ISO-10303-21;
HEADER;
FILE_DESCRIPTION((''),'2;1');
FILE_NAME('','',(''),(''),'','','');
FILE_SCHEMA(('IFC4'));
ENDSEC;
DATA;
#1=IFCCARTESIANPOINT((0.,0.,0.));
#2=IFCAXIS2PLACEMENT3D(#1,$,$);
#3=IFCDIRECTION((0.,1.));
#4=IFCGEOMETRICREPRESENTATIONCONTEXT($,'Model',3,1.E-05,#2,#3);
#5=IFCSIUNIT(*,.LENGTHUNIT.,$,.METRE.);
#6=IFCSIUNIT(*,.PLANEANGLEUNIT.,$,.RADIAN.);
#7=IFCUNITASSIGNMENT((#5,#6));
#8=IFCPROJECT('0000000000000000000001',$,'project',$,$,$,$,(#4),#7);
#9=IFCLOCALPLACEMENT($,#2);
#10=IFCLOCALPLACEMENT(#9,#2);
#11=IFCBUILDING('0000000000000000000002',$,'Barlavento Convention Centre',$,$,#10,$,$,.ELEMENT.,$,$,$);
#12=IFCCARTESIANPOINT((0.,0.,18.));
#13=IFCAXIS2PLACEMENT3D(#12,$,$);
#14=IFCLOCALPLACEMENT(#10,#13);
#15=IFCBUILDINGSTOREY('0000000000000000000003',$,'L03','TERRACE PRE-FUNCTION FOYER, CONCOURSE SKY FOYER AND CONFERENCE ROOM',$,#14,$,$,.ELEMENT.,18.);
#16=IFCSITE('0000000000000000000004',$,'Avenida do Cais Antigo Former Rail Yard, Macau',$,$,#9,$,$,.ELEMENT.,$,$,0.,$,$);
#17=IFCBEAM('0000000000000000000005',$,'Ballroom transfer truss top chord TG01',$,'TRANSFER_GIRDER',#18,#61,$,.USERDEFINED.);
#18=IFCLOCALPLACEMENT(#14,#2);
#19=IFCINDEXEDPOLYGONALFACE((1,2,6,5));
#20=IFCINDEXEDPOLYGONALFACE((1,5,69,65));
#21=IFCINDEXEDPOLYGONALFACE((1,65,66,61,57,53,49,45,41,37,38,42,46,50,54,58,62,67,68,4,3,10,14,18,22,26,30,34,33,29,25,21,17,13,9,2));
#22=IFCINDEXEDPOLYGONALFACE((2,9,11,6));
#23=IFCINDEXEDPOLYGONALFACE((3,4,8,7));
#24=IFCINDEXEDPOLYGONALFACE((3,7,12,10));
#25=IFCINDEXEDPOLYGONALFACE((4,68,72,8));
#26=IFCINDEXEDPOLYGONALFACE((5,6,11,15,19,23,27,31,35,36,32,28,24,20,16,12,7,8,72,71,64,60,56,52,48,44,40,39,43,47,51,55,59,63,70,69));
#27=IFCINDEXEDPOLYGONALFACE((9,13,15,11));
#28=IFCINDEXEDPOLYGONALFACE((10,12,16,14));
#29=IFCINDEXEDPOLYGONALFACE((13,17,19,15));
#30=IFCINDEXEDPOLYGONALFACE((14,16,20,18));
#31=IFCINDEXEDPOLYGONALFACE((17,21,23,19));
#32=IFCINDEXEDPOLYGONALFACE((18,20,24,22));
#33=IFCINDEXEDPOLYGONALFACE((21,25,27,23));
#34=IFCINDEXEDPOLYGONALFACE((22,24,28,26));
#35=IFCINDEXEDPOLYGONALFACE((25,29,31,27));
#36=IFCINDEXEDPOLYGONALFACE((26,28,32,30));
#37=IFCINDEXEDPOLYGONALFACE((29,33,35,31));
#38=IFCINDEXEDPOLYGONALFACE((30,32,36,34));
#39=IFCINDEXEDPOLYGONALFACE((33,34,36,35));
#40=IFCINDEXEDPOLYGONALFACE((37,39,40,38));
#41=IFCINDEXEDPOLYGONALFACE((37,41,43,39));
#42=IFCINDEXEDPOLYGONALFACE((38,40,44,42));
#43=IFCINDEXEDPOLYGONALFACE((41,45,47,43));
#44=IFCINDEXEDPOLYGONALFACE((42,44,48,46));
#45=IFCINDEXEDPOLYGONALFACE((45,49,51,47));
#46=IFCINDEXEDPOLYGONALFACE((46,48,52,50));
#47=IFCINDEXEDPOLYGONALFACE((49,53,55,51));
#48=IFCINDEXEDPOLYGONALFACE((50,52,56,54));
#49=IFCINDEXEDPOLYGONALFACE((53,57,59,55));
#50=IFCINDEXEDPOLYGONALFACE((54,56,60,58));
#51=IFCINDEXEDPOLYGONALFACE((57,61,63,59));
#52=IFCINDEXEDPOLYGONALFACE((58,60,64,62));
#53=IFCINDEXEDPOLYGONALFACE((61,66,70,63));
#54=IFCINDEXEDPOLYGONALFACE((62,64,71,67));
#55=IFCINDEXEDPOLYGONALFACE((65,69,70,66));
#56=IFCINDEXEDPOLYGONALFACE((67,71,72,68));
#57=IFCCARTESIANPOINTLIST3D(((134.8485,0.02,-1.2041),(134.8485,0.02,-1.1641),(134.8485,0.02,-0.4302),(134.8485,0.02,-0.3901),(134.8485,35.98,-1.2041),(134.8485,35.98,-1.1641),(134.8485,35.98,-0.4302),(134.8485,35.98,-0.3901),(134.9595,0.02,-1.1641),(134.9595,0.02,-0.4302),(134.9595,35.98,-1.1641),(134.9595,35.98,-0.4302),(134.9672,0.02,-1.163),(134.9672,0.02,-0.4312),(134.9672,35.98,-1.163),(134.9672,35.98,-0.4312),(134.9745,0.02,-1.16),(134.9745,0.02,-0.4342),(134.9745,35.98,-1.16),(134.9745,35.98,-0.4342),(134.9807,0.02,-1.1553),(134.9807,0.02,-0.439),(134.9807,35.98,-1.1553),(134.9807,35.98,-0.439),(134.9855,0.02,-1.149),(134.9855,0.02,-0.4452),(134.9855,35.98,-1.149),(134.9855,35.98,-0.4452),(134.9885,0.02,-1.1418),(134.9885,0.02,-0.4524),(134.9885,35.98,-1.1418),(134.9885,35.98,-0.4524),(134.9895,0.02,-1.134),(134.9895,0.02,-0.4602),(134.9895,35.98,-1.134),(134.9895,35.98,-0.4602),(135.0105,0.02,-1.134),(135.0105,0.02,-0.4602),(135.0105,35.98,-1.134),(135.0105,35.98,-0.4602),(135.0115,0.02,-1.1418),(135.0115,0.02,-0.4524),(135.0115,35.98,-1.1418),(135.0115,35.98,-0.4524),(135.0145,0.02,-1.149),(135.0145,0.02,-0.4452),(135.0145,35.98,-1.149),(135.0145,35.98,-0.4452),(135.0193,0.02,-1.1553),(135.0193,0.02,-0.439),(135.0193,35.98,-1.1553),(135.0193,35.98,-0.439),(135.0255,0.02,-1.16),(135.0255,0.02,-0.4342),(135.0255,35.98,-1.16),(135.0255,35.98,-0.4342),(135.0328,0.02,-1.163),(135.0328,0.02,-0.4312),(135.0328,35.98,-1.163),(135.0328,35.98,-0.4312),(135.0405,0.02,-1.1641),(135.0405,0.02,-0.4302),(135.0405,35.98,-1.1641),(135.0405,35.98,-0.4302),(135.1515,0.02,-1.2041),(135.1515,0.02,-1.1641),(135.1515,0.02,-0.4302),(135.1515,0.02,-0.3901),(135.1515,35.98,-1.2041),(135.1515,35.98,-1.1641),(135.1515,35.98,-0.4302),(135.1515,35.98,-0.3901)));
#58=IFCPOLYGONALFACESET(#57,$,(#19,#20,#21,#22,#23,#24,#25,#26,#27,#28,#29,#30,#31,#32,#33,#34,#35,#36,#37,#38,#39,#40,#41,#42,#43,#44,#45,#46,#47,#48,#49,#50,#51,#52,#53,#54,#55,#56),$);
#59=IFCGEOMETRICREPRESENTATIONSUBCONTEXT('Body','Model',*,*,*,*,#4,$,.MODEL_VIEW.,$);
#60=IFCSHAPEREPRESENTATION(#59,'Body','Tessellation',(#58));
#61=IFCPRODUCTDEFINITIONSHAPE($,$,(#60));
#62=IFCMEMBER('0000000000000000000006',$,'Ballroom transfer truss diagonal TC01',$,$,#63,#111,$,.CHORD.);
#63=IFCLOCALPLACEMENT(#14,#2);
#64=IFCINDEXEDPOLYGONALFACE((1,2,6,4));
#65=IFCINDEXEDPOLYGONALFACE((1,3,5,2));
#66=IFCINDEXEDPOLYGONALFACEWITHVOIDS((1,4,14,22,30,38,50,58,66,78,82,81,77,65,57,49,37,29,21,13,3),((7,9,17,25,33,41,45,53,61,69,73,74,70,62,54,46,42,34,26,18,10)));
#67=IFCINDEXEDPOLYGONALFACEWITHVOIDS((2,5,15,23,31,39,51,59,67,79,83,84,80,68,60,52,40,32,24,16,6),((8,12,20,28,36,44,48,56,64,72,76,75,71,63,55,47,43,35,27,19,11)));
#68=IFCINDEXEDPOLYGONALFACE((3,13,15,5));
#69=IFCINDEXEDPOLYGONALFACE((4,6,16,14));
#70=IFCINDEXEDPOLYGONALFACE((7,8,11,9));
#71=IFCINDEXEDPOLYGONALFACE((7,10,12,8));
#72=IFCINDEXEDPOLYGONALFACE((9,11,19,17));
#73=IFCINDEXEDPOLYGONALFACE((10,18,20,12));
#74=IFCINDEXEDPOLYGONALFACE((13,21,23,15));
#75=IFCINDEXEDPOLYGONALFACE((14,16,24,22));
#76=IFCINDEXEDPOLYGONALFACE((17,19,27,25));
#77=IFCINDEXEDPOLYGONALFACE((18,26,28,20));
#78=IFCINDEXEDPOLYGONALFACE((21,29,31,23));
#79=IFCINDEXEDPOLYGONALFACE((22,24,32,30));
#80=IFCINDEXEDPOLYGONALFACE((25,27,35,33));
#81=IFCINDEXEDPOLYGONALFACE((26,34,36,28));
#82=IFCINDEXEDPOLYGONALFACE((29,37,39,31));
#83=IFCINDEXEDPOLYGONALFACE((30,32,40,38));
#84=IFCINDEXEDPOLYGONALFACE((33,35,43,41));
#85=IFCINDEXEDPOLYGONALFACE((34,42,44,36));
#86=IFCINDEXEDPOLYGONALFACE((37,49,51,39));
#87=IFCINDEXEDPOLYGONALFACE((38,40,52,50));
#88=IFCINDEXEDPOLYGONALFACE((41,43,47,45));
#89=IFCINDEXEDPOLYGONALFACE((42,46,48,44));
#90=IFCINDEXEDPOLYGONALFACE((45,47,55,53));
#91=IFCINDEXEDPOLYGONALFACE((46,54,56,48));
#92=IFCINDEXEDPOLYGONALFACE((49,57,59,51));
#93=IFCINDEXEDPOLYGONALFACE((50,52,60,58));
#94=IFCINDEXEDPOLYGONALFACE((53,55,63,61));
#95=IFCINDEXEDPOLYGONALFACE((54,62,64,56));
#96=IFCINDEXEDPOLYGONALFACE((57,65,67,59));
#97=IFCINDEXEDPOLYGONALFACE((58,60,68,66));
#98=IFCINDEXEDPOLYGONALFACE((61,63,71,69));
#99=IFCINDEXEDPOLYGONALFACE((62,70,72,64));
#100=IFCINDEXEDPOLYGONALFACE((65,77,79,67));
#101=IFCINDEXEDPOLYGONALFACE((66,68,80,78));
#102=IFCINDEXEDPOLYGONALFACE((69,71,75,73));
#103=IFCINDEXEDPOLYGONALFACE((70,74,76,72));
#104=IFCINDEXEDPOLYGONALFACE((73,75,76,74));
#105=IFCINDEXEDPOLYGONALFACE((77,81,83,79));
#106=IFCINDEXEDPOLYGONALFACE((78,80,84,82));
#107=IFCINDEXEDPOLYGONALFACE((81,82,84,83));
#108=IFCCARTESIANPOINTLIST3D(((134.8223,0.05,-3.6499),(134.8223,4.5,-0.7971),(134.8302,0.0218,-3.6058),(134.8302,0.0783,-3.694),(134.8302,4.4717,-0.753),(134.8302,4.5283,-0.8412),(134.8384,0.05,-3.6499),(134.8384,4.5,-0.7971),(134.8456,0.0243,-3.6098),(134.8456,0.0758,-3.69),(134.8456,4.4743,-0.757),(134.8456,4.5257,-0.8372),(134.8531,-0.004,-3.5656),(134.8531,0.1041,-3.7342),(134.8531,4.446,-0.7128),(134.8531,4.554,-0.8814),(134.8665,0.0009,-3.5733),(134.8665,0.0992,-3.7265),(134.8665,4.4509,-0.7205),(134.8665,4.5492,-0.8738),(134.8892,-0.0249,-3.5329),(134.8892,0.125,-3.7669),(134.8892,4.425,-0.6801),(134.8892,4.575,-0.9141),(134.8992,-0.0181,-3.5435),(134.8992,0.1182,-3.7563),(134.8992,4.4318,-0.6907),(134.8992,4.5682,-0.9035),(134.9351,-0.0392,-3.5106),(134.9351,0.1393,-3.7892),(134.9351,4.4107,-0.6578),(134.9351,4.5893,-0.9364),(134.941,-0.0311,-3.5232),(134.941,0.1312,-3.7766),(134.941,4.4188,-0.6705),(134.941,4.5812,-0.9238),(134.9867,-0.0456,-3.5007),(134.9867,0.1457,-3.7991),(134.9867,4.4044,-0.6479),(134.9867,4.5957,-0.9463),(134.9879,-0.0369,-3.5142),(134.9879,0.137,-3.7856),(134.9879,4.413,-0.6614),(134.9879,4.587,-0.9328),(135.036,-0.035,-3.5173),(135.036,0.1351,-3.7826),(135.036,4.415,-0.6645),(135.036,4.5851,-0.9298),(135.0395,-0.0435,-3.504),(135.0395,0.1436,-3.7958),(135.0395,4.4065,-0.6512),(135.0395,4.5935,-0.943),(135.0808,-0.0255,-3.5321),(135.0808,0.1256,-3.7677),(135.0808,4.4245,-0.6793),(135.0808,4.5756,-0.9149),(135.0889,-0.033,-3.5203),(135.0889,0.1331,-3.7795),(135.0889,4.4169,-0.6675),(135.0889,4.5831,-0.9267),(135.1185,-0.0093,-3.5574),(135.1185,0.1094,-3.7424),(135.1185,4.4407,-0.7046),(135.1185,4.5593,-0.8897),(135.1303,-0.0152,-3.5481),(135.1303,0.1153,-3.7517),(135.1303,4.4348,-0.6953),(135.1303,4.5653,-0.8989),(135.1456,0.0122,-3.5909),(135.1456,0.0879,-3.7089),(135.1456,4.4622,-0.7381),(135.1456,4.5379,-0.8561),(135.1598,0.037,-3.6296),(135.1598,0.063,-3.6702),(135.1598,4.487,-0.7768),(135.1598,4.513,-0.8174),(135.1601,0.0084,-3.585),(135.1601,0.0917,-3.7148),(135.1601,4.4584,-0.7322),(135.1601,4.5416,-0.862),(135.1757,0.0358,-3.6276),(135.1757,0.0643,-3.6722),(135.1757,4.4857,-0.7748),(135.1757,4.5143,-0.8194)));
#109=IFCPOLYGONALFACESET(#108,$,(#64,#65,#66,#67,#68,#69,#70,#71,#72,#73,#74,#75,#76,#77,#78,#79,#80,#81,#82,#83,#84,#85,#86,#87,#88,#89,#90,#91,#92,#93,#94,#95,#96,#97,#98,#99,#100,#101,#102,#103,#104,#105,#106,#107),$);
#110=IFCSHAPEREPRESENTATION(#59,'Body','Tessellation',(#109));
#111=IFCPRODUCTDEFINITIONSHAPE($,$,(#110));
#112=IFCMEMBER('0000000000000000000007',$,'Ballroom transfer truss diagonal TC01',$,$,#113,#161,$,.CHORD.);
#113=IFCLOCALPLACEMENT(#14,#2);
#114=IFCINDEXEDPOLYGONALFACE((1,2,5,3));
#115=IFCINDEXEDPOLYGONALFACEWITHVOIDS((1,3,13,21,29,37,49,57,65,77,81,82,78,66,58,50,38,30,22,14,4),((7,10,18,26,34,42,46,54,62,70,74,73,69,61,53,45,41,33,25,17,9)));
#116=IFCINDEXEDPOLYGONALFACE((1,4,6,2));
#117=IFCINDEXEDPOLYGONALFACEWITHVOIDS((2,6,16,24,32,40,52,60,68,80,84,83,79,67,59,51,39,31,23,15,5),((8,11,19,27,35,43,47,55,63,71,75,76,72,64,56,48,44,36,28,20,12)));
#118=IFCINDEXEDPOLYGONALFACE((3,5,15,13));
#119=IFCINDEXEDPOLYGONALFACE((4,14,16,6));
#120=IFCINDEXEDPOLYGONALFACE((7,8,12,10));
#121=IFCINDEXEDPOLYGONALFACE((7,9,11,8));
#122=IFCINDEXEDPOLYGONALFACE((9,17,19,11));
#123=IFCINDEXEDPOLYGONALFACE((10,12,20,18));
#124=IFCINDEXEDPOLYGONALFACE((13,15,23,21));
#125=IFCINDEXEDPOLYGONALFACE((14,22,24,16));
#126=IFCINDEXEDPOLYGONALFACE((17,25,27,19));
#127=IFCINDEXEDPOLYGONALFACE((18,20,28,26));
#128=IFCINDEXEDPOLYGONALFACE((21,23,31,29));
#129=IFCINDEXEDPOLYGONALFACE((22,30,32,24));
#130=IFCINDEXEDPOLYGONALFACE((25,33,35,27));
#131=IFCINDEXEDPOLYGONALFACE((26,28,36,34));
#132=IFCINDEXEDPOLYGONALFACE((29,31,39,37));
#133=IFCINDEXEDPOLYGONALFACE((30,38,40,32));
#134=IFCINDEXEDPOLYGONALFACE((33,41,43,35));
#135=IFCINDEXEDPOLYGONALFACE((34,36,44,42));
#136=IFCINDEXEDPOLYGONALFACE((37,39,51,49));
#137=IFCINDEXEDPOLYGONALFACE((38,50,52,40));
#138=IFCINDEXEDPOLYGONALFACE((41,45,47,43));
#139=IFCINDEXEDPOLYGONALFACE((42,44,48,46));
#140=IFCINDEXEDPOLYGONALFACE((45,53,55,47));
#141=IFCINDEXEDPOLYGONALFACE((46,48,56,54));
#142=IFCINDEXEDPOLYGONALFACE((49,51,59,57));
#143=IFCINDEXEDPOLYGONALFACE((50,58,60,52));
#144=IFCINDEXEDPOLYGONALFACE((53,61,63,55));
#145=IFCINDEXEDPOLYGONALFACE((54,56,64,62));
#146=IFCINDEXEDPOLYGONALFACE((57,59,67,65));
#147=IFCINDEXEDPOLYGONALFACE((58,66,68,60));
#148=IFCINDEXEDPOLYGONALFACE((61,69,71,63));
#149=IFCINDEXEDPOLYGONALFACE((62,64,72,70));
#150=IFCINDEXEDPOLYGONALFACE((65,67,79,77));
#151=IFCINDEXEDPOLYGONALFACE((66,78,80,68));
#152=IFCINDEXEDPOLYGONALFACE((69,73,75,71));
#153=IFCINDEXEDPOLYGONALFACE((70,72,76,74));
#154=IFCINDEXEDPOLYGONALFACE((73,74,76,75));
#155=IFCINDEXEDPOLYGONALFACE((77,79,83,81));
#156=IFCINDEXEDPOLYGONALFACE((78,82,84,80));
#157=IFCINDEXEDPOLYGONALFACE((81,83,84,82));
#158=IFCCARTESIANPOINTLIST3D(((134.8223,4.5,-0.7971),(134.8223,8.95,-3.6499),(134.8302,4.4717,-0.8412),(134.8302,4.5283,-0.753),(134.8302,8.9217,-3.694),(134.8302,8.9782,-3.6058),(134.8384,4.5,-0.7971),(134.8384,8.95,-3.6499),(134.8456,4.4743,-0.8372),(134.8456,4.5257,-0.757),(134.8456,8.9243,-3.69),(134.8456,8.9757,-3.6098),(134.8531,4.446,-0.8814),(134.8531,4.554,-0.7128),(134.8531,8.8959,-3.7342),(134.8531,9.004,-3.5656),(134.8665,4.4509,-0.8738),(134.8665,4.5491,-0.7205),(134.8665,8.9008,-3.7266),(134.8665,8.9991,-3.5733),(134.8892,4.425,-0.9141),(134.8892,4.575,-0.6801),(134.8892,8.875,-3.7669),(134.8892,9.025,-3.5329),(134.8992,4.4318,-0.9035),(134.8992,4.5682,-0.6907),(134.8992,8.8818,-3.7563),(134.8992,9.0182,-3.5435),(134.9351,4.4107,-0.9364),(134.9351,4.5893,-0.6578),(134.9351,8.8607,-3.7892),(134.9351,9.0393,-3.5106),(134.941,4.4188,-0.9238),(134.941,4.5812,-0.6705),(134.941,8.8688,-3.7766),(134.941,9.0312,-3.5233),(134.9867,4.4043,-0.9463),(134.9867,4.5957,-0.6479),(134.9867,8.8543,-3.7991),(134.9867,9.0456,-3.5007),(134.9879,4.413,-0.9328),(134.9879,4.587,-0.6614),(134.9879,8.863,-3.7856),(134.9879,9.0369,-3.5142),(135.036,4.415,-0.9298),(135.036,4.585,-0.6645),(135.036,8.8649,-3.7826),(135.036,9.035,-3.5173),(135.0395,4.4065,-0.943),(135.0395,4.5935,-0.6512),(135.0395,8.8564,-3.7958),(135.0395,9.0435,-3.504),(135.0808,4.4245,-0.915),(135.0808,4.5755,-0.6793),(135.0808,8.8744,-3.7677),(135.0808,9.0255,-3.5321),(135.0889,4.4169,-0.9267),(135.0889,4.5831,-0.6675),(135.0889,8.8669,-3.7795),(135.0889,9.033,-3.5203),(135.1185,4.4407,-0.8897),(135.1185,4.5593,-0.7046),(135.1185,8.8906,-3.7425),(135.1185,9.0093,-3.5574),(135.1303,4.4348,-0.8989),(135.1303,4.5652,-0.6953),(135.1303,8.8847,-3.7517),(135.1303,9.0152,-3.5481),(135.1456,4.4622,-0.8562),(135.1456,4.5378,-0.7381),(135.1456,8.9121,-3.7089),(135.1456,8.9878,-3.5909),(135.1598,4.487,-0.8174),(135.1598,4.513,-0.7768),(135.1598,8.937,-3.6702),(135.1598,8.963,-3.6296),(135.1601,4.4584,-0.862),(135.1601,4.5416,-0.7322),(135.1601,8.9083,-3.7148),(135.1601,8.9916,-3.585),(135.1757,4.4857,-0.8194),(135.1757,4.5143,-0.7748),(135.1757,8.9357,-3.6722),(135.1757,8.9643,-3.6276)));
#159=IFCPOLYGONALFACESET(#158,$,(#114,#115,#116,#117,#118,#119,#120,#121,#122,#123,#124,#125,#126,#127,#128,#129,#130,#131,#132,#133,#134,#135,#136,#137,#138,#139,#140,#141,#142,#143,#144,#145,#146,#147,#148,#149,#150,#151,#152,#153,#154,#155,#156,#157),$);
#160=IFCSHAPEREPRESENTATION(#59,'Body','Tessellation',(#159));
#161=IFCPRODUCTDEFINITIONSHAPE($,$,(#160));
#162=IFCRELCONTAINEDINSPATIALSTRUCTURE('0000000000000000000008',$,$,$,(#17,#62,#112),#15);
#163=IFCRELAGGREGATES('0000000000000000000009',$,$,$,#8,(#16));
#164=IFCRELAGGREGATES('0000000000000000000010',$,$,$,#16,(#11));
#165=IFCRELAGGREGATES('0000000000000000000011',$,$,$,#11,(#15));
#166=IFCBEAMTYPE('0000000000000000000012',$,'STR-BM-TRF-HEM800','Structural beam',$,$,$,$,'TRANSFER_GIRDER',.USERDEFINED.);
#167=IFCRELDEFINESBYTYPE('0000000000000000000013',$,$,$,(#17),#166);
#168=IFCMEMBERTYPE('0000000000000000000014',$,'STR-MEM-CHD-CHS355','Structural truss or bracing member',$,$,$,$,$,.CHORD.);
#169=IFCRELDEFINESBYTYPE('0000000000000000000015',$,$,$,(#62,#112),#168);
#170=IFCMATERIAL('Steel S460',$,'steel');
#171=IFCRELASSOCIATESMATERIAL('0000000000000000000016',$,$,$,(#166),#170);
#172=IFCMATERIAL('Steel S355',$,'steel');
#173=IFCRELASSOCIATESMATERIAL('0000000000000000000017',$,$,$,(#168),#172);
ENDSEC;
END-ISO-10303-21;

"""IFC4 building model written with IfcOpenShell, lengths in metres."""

from ifc_helpers import new_model, si_unit, direction, frame, origin, origin_2d, place, context, subcontext, project, spatial, hollow_circle, i_section, extrude, material, material_profile, profile_set, type_object, element, save


model = new_model("IFC4")

# Units and contexts
model_context = context("Model", 3, precision=1e-05, world=origin(), true_north=direction((0.0, 1.0)))
body_context = subcontext(model_context, "Body", "Model", "MODEL_VIEW")
ifc_project = project(units=[si_unit("LENGTHUNIT", "METRE"), si_unit("PLANEANGLEUNIT", "RADIAN")], contexts=[model_context])

# Site, building, storey
site_placement = place(None, origin())
site = spatial("IfcSite", under=ifc_project, at=site_placement, Name="Avenida do Cais Antigo Former Rail Yard, Macau", CompositionType="ELEMENT", RefElevation=0.0)
building_placement = place(site_placement, origin())
building = spatial("IfcBuilding", under=site, at=building_placement, Name="Barlavento Convention Centre", CompositionType="ELEMENT")
storey_placement = place(building_placement, frame((0.0, 0.0, 18.0)))
storey = spatial("IfcBuildingStorey", under=building, at=storey_placement, Name="L03", Description="TERRACE PRE-FUNCTION FOYER, CONCOURSE SKY FOYER AND CONFERENCE ROOM", CompositionType="ELEMENT", Elevation=18.0)

# Shared definitions
ifc_material_1 = material(Name="Steel S355", Category="steel")

# Beam
ifc_material_2 = material(Name="Steel S460", Category="steel")
ifc_material_profile_1 = material_profile(ifc_material_2, i_section(OverallWidth=0.303, OverallDepth=0.814, WebThickness=0.021, FlangeThickness=0.04, FilletRadius=0.03, at=origin_2d()), Name="HEM 800")
ifc_profile_set_1 = profile_set([ifc_material_profile_1], Name="Steel S460")
beam_type_1 = type_object("IfcBeamType", Name="STR-BM-TRF-HEM800", Description="Structural beam", ElementType="TRANSFER_GIRDER", PredefinedType="USERDEFINED", material=ifc_profile_set_1)
beam_1_placement = place(storey_placement, frame((135.0, 0.02, -0.7971), z_axis=(0.0, 1.0, 0.0), x_axis=(-1.0, 0.0, 0.0)))
element("IfcBeam", 1, at=beam_1_placement, inside=storey, type_object=beam_type_1, Name="Ballroom transfer truss top chord TG01", ObjectType="TRANSFER_GIRDER", PredefinedType="USERDEFINED", context=body_context, shape_type="SweptSolid", body=[
    extrude(i_section(OverallWidth=0.303, OverallDepth=0.814, WebThickness=0.021, FlangeThickness=0.04, FilletRadius=0.03, at=origin_2d()), origin(), (0.0, 0.0, 1.0), 35.96),
])

# Members
ifc_material_profile_2 = material_profile(ifc_material_1, hollow_circle(Radius=0.1777, WallThickness=0.0161, at=origin_2d()), Name="CHS 355.6x16.0")
ifc_profile_set_2 = profile_set([ifc_material_profile_2], Name="Steel S355")
member_type_1 = type_object("IfcMemberType", Name="STR-MEM-CHD-CHS355", Description="Structural truss or bracing member", PredefinedType="CHORD", material=ifc_profile_set_2)
for number, where, z_axis, x_axis, name in (
    (2, (135.0, 0.05, -3.6499), (0.0, 0.841858, 0.5397), (-1.0, 0.0, 0.0), "Ballroom transfer truss diagonal TC01"),
    (3, (135.0, 4.5, -0.7971), (0.0, 0.841858, -0.5397), (-1.0, 0.0, 0.0), "Ballroom transfer truss diagonal TC01"),
):
    element("IfcMember", number, at=place(storey_placement, frame(where, z_axis=z_axis, x_axis=x_axis)), inside=storey, type_object=member_type_1, Name=name, PredefinedType="CHORD", context=body_context, shape_type="SweptSolid", body=[
        extrude(hollow_circle(Radius=0.1777, WallThickness=0.0161, at=origin_2d()), origin(), (0.0, 0.0, 1.0), 5.2859),
    ])

save(model, "model.ifc")
